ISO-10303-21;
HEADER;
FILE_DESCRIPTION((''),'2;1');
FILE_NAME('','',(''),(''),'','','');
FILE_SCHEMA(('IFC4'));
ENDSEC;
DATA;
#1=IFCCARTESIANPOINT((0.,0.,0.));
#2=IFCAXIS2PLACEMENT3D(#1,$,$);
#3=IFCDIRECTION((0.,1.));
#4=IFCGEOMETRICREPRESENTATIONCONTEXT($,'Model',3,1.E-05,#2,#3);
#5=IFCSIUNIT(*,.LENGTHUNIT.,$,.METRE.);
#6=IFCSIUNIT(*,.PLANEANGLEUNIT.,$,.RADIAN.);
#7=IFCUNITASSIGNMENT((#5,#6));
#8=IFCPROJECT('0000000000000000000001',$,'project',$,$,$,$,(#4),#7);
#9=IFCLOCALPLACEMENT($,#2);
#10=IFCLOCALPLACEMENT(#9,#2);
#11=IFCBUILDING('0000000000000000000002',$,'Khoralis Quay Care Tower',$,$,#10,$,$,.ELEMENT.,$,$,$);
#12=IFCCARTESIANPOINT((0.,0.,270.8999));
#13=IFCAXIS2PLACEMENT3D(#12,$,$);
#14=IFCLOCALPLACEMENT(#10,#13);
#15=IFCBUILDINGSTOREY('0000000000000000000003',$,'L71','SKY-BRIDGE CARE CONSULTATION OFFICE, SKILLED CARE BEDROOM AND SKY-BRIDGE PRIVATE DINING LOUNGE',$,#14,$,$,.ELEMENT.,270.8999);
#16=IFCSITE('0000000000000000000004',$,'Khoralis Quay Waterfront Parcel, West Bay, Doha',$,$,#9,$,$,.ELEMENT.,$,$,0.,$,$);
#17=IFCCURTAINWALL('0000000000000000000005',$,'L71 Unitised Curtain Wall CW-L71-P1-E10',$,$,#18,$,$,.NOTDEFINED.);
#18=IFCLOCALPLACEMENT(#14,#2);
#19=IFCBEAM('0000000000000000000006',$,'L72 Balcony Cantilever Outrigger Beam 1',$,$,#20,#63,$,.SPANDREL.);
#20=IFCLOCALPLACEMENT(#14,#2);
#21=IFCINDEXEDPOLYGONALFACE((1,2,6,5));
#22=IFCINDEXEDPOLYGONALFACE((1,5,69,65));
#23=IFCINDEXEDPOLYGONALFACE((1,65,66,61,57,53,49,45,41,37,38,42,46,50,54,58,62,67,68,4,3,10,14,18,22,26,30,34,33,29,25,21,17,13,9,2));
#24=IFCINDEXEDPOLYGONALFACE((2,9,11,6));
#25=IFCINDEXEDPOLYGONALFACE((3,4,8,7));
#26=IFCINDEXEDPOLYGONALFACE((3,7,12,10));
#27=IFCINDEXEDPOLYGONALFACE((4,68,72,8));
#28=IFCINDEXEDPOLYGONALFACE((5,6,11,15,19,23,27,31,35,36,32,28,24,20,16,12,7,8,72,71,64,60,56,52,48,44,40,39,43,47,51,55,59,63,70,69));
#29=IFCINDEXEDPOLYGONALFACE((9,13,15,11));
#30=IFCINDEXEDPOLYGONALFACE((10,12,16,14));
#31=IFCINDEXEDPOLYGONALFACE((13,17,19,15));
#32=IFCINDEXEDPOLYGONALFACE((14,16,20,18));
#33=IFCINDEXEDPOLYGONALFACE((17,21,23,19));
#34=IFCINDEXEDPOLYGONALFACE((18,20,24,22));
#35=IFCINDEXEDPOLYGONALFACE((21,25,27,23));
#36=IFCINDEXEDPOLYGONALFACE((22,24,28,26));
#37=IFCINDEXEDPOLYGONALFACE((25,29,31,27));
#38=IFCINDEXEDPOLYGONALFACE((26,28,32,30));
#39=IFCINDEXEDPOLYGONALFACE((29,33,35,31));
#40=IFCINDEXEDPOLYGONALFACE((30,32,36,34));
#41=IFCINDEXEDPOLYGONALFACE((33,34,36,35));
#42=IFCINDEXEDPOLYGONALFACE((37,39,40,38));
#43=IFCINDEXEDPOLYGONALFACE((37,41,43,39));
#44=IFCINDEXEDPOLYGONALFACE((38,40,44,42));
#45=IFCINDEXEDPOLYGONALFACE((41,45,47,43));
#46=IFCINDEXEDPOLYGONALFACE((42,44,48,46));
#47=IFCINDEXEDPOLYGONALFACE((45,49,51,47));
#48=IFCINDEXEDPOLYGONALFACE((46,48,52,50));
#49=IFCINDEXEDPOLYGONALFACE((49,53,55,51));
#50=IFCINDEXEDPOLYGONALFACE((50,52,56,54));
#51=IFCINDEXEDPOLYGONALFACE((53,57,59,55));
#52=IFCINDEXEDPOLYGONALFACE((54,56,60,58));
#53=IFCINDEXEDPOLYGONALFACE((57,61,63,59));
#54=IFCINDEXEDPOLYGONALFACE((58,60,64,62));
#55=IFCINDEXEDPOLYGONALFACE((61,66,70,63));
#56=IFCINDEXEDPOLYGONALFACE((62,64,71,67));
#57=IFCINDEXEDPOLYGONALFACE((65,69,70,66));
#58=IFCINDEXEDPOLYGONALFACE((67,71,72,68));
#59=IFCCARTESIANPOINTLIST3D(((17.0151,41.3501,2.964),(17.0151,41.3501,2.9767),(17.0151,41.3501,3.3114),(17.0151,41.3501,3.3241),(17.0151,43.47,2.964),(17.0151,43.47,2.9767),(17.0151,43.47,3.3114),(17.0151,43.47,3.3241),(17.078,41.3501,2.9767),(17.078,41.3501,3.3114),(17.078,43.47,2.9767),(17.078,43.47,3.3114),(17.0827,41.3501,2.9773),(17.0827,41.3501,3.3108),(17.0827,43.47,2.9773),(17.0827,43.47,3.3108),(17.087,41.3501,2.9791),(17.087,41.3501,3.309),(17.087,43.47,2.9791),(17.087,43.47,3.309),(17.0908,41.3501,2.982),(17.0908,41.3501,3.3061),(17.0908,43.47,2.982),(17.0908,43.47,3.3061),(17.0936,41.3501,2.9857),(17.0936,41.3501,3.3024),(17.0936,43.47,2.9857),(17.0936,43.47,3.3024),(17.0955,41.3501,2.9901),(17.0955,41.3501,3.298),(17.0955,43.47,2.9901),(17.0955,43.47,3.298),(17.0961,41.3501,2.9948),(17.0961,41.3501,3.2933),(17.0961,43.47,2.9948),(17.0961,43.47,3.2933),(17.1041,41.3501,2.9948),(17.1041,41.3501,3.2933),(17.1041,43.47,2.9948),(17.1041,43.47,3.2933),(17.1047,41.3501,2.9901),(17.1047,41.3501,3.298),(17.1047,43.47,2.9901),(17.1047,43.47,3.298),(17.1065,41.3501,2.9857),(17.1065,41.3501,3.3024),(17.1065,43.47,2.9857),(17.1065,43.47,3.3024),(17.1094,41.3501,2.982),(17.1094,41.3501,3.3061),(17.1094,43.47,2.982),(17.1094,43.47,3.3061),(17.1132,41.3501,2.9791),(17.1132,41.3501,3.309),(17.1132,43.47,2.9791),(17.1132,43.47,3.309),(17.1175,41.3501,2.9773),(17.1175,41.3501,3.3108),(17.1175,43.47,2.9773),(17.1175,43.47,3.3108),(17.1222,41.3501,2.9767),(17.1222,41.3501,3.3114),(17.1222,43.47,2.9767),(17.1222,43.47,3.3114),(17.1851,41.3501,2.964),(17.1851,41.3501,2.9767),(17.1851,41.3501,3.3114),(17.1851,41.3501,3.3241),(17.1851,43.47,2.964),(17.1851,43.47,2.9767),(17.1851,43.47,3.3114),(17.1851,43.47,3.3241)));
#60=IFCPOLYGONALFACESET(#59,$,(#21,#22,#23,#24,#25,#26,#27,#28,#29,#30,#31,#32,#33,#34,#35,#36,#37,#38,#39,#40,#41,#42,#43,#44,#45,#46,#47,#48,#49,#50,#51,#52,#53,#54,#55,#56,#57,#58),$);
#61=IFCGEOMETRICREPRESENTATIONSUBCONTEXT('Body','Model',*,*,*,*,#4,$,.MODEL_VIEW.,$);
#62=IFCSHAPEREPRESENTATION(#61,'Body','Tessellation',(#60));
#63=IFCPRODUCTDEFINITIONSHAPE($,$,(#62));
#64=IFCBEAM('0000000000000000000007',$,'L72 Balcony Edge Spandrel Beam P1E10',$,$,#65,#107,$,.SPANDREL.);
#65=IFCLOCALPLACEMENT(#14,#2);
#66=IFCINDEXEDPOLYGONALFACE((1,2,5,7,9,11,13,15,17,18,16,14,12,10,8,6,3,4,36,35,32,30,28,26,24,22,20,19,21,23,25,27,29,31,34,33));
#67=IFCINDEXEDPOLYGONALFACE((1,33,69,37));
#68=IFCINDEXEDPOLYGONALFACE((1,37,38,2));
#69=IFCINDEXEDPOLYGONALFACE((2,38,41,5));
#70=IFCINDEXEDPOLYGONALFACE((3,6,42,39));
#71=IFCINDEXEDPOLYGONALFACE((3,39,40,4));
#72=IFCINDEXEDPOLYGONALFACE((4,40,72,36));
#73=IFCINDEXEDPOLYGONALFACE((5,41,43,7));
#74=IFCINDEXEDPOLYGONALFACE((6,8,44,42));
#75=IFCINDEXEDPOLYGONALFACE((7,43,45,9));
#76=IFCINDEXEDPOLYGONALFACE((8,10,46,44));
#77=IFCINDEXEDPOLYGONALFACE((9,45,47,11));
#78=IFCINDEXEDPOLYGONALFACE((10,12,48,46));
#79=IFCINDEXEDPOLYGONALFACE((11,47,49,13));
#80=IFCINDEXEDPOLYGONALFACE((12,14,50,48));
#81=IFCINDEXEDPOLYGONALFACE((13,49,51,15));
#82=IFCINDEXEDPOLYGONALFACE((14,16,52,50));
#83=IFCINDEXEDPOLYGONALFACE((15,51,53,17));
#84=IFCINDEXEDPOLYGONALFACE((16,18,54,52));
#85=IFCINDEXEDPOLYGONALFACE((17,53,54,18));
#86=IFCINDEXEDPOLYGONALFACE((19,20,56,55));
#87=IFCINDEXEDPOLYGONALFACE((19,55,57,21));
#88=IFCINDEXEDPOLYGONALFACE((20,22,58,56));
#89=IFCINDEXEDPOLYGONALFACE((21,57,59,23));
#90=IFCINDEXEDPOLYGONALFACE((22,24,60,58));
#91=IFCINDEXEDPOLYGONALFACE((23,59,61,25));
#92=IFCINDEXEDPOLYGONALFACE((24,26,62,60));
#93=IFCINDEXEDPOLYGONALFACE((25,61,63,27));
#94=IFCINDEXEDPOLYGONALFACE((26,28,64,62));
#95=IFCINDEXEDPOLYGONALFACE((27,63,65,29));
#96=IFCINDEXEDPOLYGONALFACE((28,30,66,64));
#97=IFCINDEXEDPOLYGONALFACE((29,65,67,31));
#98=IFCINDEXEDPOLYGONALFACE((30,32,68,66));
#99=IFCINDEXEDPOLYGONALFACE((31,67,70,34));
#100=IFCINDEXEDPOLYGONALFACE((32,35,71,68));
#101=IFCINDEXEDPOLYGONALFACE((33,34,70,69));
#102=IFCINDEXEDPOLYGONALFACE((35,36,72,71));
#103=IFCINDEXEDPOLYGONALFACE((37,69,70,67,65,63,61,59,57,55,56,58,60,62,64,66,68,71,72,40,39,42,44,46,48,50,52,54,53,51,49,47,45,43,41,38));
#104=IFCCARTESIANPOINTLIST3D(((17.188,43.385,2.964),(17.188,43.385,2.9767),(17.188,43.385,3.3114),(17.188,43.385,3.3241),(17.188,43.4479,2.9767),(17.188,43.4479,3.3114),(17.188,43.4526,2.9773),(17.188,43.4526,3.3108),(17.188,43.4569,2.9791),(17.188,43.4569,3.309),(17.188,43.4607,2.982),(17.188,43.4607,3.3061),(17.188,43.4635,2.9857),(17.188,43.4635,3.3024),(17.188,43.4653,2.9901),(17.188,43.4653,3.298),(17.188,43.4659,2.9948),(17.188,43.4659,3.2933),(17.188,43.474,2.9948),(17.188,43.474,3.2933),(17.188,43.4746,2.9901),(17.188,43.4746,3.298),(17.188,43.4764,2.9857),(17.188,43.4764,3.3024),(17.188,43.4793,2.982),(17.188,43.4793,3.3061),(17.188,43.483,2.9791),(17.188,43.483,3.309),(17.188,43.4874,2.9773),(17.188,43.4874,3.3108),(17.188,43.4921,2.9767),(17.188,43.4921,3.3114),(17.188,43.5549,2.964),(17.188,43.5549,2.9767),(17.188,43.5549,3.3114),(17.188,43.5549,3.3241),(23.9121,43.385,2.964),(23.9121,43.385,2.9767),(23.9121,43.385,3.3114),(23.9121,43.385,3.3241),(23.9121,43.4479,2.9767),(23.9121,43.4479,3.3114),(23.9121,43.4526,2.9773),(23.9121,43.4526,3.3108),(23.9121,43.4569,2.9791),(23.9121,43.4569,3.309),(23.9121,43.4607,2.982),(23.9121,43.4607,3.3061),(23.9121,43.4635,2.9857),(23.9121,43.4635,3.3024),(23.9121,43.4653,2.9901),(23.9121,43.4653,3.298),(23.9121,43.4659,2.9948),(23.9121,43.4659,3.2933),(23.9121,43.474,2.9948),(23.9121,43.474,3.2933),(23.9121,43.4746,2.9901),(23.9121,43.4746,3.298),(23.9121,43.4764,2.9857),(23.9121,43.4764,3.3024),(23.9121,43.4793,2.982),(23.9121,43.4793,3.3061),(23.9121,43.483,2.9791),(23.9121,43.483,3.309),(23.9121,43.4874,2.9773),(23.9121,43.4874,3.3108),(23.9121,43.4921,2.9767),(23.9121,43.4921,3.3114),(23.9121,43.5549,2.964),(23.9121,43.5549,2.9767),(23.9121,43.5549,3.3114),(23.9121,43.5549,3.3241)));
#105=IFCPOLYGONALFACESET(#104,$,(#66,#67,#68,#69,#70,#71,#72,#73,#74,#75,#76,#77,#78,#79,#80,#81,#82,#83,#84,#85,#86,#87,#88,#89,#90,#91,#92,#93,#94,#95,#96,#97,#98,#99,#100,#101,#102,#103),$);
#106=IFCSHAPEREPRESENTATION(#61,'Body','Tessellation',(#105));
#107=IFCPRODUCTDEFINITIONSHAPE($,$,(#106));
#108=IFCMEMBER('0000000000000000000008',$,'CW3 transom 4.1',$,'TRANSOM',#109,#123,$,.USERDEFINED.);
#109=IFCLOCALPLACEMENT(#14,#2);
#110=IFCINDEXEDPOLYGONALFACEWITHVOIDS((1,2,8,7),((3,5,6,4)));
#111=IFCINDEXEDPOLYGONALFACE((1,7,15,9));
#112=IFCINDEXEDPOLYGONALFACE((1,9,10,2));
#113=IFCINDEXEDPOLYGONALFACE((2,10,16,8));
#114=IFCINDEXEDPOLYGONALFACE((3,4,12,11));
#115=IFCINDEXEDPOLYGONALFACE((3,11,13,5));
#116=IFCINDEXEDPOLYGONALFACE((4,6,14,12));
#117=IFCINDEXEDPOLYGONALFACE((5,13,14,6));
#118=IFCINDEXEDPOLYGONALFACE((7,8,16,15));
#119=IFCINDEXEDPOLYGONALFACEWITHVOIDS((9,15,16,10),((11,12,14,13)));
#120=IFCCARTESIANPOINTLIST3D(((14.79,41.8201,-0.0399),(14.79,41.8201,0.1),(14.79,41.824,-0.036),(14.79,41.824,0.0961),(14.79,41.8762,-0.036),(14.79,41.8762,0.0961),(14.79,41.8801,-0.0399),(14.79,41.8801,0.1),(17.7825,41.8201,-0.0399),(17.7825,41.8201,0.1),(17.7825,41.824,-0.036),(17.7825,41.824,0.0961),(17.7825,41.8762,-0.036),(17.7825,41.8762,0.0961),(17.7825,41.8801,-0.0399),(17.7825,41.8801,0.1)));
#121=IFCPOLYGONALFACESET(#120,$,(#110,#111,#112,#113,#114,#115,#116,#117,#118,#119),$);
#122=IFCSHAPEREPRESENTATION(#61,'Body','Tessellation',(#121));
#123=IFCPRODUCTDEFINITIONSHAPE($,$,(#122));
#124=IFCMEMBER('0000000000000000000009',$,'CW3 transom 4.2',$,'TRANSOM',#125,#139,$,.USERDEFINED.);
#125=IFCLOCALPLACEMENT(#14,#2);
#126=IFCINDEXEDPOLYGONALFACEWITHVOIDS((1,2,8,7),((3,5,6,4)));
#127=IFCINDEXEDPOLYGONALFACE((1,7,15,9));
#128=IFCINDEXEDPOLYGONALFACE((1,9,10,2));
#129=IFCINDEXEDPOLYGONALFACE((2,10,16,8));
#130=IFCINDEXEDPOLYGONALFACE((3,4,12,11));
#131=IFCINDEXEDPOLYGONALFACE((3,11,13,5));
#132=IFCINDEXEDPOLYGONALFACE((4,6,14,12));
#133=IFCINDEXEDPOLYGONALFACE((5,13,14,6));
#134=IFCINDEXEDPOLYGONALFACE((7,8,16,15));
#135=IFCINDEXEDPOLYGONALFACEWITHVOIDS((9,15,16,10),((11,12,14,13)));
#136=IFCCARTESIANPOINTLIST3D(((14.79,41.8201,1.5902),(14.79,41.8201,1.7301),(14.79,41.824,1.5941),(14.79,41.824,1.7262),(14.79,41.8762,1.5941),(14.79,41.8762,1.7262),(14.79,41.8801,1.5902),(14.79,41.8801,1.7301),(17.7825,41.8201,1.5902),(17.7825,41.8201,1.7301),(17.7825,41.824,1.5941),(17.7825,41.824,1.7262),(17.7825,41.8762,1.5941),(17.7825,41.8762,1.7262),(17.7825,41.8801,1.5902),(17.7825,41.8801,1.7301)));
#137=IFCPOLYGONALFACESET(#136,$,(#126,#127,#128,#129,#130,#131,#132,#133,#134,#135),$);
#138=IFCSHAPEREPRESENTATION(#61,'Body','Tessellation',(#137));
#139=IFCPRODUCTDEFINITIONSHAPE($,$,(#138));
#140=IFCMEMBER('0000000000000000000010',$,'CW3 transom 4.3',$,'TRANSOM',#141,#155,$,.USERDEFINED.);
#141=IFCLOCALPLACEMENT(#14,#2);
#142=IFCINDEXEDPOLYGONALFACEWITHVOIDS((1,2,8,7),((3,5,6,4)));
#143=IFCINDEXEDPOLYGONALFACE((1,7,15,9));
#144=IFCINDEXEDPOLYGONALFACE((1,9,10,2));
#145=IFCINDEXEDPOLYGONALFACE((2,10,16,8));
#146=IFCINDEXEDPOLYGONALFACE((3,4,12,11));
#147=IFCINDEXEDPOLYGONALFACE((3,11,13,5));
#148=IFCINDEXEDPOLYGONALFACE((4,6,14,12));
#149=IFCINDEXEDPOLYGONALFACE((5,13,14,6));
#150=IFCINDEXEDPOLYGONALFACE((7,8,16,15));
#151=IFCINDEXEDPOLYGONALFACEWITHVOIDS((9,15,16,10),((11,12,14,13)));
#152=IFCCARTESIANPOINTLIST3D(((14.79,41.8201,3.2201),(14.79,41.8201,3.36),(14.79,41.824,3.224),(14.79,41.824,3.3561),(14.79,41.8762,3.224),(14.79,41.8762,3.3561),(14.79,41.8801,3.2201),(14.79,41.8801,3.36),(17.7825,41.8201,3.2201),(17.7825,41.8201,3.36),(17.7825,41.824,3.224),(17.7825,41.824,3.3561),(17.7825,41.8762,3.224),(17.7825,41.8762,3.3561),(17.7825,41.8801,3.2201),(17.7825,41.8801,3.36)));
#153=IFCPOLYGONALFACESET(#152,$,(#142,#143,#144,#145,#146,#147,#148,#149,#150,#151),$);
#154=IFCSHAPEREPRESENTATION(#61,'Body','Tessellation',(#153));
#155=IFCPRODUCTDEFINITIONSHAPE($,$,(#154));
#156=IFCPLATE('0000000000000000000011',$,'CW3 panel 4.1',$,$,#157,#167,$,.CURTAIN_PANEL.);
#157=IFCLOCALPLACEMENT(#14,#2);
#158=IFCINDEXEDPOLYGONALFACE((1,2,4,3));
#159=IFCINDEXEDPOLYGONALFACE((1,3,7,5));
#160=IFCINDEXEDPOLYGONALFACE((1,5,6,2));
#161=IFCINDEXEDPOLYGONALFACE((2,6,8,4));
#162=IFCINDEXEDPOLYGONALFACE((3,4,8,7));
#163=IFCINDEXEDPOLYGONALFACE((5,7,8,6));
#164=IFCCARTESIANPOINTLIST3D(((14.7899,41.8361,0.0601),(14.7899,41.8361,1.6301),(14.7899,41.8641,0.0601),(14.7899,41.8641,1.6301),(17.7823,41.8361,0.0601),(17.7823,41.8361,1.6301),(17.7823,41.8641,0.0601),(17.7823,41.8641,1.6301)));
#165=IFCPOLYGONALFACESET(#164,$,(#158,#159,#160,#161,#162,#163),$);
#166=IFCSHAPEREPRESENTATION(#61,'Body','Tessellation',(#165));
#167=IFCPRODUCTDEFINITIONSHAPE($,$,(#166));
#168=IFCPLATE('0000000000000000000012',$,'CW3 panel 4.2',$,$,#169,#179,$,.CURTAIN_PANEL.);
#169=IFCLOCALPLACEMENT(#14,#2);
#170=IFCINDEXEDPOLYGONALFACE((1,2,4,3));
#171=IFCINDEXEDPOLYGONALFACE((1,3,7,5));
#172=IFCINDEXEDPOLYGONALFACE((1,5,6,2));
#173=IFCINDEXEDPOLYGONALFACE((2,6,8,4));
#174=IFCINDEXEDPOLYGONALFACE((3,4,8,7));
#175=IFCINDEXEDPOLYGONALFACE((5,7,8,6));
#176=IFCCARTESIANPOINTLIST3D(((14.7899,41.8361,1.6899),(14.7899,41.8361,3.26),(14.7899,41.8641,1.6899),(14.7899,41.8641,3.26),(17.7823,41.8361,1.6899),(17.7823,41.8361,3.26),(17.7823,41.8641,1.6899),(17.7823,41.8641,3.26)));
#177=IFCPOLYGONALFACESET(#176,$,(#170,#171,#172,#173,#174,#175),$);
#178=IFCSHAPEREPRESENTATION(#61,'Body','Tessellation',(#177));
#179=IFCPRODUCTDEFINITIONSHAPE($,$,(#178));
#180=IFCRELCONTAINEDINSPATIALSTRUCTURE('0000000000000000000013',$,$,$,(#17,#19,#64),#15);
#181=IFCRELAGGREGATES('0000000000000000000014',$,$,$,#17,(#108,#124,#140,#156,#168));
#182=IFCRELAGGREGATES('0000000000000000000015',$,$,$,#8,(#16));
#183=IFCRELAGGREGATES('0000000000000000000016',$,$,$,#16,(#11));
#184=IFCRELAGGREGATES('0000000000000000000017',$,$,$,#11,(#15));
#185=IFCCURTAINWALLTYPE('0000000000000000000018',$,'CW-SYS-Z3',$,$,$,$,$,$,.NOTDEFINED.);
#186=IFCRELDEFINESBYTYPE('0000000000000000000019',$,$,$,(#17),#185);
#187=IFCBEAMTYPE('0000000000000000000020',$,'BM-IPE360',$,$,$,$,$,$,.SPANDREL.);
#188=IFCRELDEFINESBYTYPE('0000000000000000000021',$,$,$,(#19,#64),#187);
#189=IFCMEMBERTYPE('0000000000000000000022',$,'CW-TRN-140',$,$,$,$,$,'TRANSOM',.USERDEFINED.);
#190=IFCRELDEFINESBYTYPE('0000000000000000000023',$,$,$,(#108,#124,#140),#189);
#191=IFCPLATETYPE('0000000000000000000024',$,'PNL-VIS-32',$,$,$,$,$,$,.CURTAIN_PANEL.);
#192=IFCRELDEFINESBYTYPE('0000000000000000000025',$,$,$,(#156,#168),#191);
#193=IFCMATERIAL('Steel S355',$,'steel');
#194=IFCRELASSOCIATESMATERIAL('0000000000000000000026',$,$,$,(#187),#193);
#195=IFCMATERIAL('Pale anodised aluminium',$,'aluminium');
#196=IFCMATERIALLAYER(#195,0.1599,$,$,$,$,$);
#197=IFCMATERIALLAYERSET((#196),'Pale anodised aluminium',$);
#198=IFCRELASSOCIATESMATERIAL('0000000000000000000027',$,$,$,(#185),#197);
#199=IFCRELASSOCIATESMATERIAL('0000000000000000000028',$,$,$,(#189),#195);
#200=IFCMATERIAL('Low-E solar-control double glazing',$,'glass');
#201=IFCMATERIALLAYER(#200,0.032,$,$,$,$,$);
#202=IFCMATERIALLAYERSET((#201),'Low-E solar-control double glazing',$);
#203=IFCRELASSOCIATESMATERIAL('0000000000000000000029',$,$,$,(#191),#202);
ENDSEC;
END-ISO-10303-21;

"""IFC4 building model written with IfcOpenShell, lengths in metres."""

from ifc_helpers import new_model, si_unit, direction, frame, origin, origin_2d, place, context, subcontext, project, spatial, rectangle, hollow_rectangle, i_section, extrude, source, transform, mapped, material, layer, layer_set, material_profile, profile_set, type_object, element, aggregate, save


model = new_model("IFC4")

# Units and contexts
model_context = context("Model", 3, precision=1e-05, world=origin(), true_north=direction((0.0, 1.0)))
body_context = subcontext(model_context, "Body", "Model", "MODEL_VIEW")
ifc_project = project(units=[si_unit("LENGTHUNIT", "METRE"), si_unit("PLANEANGLEUNIT", "RADIAN")], contexts=[model_context])

# Site, building, storey
site_placement = place(None, origin())
site = spatial("IfcSite", under=ifc_project, at=site_placement, Name="Khoralis Quay Waterfront Parcel, West Bay, Doha", CompositionType="ELEMENT", RefElevation=0.0)
building_placement = place(site_placement, origin())
building = spatial("IfcBuilding", under=site, at=building_placement, Name="Khoralis Quay Care Tower", CompositionType="ELEMENT")
storey_placement = place(building_placement, frame((0.0, 0.0, 270.8999)))
storey = spatial("IfcBuildingStorey", under=building, at=storey_placement, Name="L71", Description="SKY-BRIDGE CARE CONSULTATION OFFICE, SKILLED CARE BEDROOM AND SKY-BRIDGE PRIVATE DINING LOUNGE", CompositionType="ELEMENT", Elevation=270.8999)

# Shared definitions
ifc_material_1 = material(Name="Steel S355", Category="steel")
ifc_material_profile_1 = material_profile(ifc_material_1, i_section(OverallWidth=0.1699, OverallDepth=0.3601, WebThickness=0.0081, FlangeThickness=0.0127, FilletRadius=0.0181, at=origin_2d()), Name="Steel S355")
ifc_profile_set_1 = profile_set([ifc_material_profile_1], Name="Steel S355")
beam_type_1 = type_object("IfcBeamType", Name="BM-IPE360", PredefinedType="SPANDREL", material=ifc_profile_set_1)

# Curtain wall
ifc_material_2 = material(Name="Pale anodised aluminium", Category="aluminium")
ifc_layer_1 = layer(ifc_material_2, 0.1599)
ifc_layer_set_1 = layer_set([ifc_layer_1], Name="Pale anodised aluminium")
curtain_wall_type = type_object("IfcCurtainWallType", Name="CW-SYS-Z3", PredefinedType="NOTDEFINED", material=ifc_layer_set_1)
curtain_wall_placement = place(storey_placement, origin())
curtain_wall = element("IfcCurtainWall", 1, at=curtain_wall_placement, inside=storey, type_object=curtain_wall_type, Name="L71 Unitised Curtain Wall CW-L71-P1-E10", PredefinedType="NOTDEFINED")

# Beams
shared_shape_1 = source(origin(), body_context, "Body", "SweptSolid", [
    extrude(i_section(OverallWidth=0.1699, OverallDepth=0.3601, WebThickness=0.0081, FlangeThickness=0.0127, FilletRadius=0.0181, at=origin_2d()), origin(), (0.0, 0.0, 1.0), 2.1199),
])
beam_1_placement = place(storey_placement, frame((17.1001, 41.3501, 3.144), z_axis=(0.0, 1.0, 0.0), x_axis=(-1.0, 0.0, 0.0)))
element("IfcBeam", 2, at=beam_1_placement, inside=storey, type_object=beam_type_1, Name="L72 Balcony Cantilever Outrigger Beam 1", PredefinedType="SPANDREL", context=body_context, shape_type="MappedRepresentation", body=[
    mapped(shared_shape_1, transform((0.0, 0.0, 0.0), scale=1.0)),
])
shared_shape_2 = source(origin(), body_context, "Body", "SweptSolid", [
    extrude(i_section(OverallWidth=0.1699, OverallDepth=0.3601, WebThickness=0.0081, FlangeThickness=0.0127, FilletRadius=0.0181, at=origin_2d()), origin(), (0.0, 0.0, 1.0), 6.7241),
])
beam_2_placement = place(storey_placement, frame((17.188, 43.47, 3.144), z_axis=(1.0, 0.0, 0.0), x_axis=(0.0, 1.0, 0.0)))
element("IfcBeam", 3, at=beam_2_placement, inside=storey, type_object=beam_type_1, Name="L72 Balcony Edge Spandrel Beam P1E10", PredefinedType="SPANDREL", context=body_context, shape_type="MappedRepresentation", body=[
    mapped(shared_shape_2, transform((0.0, 0.0, 0.0), scale=1.0)),
])

# Members
ifc_material_profile_2 = material_profile(ifc_material_2, hollow_rectangle(XDim=0.0601, YDim=0.1399, WallThickness=0.0039, at=origin_2d()), Name="Pale anodised aluminium")
ifc_profile_set_2 = profile_set([ifc_material_profile_2], Name="Pale anodised aluminium")
member_type_1 = type_object("IfcMemberType", Name="CW-TRN-140", ElementType="TRANSOM", PredefinedType="USERDEFINED", material=ifc_profile_set_2)
shared_shape_3 = source(origin(), body_context, "Body", "SweptSolid", [
    extrude(hollow_rectangle(XDim=0.0601, YDim=0.1399, WallThickness=0.0039, at=origin_2d()), origin(), (0.0, 0.0, 1.0), 2.9924),
])
member_1_placement = place(storey_placement, frame((17.7825, 41.8501, 0.03), z_axis=(-1.0, 0.0, 0.0), x_axis=(0.0, -1.0, 0.0)))
member_1 = element("IfcMember", 4, at=member_1_placement, type_object=member_type_1, Name="CW3 transom 4.1", ObjectType="TRANSOM", PredefinedType="USERDEFINED", context=body_context, shape_type="MappedRepresentation", body=[
    mapped(shared_shape_3, transform((0.0, 0.0, 0.0), scale=1.0)),
])
member_2_placement = place(storey_placement, frame((17.7825, 41.8501, 1.6602), z_axis=(-1.0, 0.0, 0.0), x_axis=(0.0, -1.0, 0.0)))
member_2 = element("IfcMember", 5, at=member_2_placement, type_object=member_type_1, Name="CW3 transom 4.2", ObjectType="TRANSOM", PredefinedType="USERDEFINED", context=body_context, shape_type="MappedRepresentation", body=[
    mapped(shared_shape_3, transform((0.0, 0.0, 0.0), scale=1.0)),
])
member_3_placement = place(storey_placement, frame((17.7825, 41.8501, 3.29), z_axis=(-1.0, 0.0, 0.0), x_axis=(0.0, -1.0, 0.0)))
member_3 = element("IfcMember", 6, at=member_3_placement, type_object=member_type_1, Name="CW3 transom 4.3", ObjectType="TRANSOM", PredefinedType="USERDEFINED", context=body_context, shape_type="MappedRepresentation", body=[
    mapped(shared_shape_3, transform((0.0, 0.0, 0.0), scale=1.0)),
])

# Plates
ifc_material_3 = material(Name="Low-E solar-control double glazing", Category="glass")
ifc_layer_2 = layer(ifc_material_3, 0.032)
ifc_layer_set_2 = layer_set([ifc_layer_2], Name="Low-E solar-control double glazing")
plate_type = type_object("IfcPlateType", Name="PNL-VIS-32", PredefinedType="CURTAIN_PANEL", material=ifc_layer_set_2)
shared_shape_4 = source(origin(), body_context, "Body", "SweptSolid", [
    extrude(rectangle(XDim=2.9924, YDim=0.0281, at=origin_2d()), origin(), (0.0, 0.0, 1.0), 1.5701),
])
plate_1_placement = place(storey_placement, frame((16.2861, 41.8501, 0.0601), z_axis=(0.0, 0.0, 1.0), x_axis=(-1.0, 0.0, 0.0)))
plate_1 = element("IfcPlate", 7, at=plate_1_placement, type_object=plate_type, Name="CW3 panel 4.1", PredefinedType="CURTAIN_PANEL", context=body_context, shape_type="MappedRepresentation", body=[
    mapped(shared_shape_4, transform((0.0, 0.0, 0.0), scale=1.0)),
])
plate_2_placement = place(storey_placement, frame((16.2861, 41.8501, 1.6899), z_axis=(0.0, 0.0, 1.0), x_axis=(-1.0, 0.0, 0.0)))
plate_2 = element("IfcPlate", 8, at=plate_2_placement, type_object=plate_type, Name="CW3 panel 4.2", PredefinedType="CURTAIN_PANEL", context=body_context, shape_type="MappedRepresentation", body=[
    mapped(shared_shape_4, transform((0.0, 0.0, 0.0), scale=1.0)),
])
aggregate(curtain_wall, [member_1, member_2, member_3, plate_1, plate_2])

save(model, "model.ifc")
